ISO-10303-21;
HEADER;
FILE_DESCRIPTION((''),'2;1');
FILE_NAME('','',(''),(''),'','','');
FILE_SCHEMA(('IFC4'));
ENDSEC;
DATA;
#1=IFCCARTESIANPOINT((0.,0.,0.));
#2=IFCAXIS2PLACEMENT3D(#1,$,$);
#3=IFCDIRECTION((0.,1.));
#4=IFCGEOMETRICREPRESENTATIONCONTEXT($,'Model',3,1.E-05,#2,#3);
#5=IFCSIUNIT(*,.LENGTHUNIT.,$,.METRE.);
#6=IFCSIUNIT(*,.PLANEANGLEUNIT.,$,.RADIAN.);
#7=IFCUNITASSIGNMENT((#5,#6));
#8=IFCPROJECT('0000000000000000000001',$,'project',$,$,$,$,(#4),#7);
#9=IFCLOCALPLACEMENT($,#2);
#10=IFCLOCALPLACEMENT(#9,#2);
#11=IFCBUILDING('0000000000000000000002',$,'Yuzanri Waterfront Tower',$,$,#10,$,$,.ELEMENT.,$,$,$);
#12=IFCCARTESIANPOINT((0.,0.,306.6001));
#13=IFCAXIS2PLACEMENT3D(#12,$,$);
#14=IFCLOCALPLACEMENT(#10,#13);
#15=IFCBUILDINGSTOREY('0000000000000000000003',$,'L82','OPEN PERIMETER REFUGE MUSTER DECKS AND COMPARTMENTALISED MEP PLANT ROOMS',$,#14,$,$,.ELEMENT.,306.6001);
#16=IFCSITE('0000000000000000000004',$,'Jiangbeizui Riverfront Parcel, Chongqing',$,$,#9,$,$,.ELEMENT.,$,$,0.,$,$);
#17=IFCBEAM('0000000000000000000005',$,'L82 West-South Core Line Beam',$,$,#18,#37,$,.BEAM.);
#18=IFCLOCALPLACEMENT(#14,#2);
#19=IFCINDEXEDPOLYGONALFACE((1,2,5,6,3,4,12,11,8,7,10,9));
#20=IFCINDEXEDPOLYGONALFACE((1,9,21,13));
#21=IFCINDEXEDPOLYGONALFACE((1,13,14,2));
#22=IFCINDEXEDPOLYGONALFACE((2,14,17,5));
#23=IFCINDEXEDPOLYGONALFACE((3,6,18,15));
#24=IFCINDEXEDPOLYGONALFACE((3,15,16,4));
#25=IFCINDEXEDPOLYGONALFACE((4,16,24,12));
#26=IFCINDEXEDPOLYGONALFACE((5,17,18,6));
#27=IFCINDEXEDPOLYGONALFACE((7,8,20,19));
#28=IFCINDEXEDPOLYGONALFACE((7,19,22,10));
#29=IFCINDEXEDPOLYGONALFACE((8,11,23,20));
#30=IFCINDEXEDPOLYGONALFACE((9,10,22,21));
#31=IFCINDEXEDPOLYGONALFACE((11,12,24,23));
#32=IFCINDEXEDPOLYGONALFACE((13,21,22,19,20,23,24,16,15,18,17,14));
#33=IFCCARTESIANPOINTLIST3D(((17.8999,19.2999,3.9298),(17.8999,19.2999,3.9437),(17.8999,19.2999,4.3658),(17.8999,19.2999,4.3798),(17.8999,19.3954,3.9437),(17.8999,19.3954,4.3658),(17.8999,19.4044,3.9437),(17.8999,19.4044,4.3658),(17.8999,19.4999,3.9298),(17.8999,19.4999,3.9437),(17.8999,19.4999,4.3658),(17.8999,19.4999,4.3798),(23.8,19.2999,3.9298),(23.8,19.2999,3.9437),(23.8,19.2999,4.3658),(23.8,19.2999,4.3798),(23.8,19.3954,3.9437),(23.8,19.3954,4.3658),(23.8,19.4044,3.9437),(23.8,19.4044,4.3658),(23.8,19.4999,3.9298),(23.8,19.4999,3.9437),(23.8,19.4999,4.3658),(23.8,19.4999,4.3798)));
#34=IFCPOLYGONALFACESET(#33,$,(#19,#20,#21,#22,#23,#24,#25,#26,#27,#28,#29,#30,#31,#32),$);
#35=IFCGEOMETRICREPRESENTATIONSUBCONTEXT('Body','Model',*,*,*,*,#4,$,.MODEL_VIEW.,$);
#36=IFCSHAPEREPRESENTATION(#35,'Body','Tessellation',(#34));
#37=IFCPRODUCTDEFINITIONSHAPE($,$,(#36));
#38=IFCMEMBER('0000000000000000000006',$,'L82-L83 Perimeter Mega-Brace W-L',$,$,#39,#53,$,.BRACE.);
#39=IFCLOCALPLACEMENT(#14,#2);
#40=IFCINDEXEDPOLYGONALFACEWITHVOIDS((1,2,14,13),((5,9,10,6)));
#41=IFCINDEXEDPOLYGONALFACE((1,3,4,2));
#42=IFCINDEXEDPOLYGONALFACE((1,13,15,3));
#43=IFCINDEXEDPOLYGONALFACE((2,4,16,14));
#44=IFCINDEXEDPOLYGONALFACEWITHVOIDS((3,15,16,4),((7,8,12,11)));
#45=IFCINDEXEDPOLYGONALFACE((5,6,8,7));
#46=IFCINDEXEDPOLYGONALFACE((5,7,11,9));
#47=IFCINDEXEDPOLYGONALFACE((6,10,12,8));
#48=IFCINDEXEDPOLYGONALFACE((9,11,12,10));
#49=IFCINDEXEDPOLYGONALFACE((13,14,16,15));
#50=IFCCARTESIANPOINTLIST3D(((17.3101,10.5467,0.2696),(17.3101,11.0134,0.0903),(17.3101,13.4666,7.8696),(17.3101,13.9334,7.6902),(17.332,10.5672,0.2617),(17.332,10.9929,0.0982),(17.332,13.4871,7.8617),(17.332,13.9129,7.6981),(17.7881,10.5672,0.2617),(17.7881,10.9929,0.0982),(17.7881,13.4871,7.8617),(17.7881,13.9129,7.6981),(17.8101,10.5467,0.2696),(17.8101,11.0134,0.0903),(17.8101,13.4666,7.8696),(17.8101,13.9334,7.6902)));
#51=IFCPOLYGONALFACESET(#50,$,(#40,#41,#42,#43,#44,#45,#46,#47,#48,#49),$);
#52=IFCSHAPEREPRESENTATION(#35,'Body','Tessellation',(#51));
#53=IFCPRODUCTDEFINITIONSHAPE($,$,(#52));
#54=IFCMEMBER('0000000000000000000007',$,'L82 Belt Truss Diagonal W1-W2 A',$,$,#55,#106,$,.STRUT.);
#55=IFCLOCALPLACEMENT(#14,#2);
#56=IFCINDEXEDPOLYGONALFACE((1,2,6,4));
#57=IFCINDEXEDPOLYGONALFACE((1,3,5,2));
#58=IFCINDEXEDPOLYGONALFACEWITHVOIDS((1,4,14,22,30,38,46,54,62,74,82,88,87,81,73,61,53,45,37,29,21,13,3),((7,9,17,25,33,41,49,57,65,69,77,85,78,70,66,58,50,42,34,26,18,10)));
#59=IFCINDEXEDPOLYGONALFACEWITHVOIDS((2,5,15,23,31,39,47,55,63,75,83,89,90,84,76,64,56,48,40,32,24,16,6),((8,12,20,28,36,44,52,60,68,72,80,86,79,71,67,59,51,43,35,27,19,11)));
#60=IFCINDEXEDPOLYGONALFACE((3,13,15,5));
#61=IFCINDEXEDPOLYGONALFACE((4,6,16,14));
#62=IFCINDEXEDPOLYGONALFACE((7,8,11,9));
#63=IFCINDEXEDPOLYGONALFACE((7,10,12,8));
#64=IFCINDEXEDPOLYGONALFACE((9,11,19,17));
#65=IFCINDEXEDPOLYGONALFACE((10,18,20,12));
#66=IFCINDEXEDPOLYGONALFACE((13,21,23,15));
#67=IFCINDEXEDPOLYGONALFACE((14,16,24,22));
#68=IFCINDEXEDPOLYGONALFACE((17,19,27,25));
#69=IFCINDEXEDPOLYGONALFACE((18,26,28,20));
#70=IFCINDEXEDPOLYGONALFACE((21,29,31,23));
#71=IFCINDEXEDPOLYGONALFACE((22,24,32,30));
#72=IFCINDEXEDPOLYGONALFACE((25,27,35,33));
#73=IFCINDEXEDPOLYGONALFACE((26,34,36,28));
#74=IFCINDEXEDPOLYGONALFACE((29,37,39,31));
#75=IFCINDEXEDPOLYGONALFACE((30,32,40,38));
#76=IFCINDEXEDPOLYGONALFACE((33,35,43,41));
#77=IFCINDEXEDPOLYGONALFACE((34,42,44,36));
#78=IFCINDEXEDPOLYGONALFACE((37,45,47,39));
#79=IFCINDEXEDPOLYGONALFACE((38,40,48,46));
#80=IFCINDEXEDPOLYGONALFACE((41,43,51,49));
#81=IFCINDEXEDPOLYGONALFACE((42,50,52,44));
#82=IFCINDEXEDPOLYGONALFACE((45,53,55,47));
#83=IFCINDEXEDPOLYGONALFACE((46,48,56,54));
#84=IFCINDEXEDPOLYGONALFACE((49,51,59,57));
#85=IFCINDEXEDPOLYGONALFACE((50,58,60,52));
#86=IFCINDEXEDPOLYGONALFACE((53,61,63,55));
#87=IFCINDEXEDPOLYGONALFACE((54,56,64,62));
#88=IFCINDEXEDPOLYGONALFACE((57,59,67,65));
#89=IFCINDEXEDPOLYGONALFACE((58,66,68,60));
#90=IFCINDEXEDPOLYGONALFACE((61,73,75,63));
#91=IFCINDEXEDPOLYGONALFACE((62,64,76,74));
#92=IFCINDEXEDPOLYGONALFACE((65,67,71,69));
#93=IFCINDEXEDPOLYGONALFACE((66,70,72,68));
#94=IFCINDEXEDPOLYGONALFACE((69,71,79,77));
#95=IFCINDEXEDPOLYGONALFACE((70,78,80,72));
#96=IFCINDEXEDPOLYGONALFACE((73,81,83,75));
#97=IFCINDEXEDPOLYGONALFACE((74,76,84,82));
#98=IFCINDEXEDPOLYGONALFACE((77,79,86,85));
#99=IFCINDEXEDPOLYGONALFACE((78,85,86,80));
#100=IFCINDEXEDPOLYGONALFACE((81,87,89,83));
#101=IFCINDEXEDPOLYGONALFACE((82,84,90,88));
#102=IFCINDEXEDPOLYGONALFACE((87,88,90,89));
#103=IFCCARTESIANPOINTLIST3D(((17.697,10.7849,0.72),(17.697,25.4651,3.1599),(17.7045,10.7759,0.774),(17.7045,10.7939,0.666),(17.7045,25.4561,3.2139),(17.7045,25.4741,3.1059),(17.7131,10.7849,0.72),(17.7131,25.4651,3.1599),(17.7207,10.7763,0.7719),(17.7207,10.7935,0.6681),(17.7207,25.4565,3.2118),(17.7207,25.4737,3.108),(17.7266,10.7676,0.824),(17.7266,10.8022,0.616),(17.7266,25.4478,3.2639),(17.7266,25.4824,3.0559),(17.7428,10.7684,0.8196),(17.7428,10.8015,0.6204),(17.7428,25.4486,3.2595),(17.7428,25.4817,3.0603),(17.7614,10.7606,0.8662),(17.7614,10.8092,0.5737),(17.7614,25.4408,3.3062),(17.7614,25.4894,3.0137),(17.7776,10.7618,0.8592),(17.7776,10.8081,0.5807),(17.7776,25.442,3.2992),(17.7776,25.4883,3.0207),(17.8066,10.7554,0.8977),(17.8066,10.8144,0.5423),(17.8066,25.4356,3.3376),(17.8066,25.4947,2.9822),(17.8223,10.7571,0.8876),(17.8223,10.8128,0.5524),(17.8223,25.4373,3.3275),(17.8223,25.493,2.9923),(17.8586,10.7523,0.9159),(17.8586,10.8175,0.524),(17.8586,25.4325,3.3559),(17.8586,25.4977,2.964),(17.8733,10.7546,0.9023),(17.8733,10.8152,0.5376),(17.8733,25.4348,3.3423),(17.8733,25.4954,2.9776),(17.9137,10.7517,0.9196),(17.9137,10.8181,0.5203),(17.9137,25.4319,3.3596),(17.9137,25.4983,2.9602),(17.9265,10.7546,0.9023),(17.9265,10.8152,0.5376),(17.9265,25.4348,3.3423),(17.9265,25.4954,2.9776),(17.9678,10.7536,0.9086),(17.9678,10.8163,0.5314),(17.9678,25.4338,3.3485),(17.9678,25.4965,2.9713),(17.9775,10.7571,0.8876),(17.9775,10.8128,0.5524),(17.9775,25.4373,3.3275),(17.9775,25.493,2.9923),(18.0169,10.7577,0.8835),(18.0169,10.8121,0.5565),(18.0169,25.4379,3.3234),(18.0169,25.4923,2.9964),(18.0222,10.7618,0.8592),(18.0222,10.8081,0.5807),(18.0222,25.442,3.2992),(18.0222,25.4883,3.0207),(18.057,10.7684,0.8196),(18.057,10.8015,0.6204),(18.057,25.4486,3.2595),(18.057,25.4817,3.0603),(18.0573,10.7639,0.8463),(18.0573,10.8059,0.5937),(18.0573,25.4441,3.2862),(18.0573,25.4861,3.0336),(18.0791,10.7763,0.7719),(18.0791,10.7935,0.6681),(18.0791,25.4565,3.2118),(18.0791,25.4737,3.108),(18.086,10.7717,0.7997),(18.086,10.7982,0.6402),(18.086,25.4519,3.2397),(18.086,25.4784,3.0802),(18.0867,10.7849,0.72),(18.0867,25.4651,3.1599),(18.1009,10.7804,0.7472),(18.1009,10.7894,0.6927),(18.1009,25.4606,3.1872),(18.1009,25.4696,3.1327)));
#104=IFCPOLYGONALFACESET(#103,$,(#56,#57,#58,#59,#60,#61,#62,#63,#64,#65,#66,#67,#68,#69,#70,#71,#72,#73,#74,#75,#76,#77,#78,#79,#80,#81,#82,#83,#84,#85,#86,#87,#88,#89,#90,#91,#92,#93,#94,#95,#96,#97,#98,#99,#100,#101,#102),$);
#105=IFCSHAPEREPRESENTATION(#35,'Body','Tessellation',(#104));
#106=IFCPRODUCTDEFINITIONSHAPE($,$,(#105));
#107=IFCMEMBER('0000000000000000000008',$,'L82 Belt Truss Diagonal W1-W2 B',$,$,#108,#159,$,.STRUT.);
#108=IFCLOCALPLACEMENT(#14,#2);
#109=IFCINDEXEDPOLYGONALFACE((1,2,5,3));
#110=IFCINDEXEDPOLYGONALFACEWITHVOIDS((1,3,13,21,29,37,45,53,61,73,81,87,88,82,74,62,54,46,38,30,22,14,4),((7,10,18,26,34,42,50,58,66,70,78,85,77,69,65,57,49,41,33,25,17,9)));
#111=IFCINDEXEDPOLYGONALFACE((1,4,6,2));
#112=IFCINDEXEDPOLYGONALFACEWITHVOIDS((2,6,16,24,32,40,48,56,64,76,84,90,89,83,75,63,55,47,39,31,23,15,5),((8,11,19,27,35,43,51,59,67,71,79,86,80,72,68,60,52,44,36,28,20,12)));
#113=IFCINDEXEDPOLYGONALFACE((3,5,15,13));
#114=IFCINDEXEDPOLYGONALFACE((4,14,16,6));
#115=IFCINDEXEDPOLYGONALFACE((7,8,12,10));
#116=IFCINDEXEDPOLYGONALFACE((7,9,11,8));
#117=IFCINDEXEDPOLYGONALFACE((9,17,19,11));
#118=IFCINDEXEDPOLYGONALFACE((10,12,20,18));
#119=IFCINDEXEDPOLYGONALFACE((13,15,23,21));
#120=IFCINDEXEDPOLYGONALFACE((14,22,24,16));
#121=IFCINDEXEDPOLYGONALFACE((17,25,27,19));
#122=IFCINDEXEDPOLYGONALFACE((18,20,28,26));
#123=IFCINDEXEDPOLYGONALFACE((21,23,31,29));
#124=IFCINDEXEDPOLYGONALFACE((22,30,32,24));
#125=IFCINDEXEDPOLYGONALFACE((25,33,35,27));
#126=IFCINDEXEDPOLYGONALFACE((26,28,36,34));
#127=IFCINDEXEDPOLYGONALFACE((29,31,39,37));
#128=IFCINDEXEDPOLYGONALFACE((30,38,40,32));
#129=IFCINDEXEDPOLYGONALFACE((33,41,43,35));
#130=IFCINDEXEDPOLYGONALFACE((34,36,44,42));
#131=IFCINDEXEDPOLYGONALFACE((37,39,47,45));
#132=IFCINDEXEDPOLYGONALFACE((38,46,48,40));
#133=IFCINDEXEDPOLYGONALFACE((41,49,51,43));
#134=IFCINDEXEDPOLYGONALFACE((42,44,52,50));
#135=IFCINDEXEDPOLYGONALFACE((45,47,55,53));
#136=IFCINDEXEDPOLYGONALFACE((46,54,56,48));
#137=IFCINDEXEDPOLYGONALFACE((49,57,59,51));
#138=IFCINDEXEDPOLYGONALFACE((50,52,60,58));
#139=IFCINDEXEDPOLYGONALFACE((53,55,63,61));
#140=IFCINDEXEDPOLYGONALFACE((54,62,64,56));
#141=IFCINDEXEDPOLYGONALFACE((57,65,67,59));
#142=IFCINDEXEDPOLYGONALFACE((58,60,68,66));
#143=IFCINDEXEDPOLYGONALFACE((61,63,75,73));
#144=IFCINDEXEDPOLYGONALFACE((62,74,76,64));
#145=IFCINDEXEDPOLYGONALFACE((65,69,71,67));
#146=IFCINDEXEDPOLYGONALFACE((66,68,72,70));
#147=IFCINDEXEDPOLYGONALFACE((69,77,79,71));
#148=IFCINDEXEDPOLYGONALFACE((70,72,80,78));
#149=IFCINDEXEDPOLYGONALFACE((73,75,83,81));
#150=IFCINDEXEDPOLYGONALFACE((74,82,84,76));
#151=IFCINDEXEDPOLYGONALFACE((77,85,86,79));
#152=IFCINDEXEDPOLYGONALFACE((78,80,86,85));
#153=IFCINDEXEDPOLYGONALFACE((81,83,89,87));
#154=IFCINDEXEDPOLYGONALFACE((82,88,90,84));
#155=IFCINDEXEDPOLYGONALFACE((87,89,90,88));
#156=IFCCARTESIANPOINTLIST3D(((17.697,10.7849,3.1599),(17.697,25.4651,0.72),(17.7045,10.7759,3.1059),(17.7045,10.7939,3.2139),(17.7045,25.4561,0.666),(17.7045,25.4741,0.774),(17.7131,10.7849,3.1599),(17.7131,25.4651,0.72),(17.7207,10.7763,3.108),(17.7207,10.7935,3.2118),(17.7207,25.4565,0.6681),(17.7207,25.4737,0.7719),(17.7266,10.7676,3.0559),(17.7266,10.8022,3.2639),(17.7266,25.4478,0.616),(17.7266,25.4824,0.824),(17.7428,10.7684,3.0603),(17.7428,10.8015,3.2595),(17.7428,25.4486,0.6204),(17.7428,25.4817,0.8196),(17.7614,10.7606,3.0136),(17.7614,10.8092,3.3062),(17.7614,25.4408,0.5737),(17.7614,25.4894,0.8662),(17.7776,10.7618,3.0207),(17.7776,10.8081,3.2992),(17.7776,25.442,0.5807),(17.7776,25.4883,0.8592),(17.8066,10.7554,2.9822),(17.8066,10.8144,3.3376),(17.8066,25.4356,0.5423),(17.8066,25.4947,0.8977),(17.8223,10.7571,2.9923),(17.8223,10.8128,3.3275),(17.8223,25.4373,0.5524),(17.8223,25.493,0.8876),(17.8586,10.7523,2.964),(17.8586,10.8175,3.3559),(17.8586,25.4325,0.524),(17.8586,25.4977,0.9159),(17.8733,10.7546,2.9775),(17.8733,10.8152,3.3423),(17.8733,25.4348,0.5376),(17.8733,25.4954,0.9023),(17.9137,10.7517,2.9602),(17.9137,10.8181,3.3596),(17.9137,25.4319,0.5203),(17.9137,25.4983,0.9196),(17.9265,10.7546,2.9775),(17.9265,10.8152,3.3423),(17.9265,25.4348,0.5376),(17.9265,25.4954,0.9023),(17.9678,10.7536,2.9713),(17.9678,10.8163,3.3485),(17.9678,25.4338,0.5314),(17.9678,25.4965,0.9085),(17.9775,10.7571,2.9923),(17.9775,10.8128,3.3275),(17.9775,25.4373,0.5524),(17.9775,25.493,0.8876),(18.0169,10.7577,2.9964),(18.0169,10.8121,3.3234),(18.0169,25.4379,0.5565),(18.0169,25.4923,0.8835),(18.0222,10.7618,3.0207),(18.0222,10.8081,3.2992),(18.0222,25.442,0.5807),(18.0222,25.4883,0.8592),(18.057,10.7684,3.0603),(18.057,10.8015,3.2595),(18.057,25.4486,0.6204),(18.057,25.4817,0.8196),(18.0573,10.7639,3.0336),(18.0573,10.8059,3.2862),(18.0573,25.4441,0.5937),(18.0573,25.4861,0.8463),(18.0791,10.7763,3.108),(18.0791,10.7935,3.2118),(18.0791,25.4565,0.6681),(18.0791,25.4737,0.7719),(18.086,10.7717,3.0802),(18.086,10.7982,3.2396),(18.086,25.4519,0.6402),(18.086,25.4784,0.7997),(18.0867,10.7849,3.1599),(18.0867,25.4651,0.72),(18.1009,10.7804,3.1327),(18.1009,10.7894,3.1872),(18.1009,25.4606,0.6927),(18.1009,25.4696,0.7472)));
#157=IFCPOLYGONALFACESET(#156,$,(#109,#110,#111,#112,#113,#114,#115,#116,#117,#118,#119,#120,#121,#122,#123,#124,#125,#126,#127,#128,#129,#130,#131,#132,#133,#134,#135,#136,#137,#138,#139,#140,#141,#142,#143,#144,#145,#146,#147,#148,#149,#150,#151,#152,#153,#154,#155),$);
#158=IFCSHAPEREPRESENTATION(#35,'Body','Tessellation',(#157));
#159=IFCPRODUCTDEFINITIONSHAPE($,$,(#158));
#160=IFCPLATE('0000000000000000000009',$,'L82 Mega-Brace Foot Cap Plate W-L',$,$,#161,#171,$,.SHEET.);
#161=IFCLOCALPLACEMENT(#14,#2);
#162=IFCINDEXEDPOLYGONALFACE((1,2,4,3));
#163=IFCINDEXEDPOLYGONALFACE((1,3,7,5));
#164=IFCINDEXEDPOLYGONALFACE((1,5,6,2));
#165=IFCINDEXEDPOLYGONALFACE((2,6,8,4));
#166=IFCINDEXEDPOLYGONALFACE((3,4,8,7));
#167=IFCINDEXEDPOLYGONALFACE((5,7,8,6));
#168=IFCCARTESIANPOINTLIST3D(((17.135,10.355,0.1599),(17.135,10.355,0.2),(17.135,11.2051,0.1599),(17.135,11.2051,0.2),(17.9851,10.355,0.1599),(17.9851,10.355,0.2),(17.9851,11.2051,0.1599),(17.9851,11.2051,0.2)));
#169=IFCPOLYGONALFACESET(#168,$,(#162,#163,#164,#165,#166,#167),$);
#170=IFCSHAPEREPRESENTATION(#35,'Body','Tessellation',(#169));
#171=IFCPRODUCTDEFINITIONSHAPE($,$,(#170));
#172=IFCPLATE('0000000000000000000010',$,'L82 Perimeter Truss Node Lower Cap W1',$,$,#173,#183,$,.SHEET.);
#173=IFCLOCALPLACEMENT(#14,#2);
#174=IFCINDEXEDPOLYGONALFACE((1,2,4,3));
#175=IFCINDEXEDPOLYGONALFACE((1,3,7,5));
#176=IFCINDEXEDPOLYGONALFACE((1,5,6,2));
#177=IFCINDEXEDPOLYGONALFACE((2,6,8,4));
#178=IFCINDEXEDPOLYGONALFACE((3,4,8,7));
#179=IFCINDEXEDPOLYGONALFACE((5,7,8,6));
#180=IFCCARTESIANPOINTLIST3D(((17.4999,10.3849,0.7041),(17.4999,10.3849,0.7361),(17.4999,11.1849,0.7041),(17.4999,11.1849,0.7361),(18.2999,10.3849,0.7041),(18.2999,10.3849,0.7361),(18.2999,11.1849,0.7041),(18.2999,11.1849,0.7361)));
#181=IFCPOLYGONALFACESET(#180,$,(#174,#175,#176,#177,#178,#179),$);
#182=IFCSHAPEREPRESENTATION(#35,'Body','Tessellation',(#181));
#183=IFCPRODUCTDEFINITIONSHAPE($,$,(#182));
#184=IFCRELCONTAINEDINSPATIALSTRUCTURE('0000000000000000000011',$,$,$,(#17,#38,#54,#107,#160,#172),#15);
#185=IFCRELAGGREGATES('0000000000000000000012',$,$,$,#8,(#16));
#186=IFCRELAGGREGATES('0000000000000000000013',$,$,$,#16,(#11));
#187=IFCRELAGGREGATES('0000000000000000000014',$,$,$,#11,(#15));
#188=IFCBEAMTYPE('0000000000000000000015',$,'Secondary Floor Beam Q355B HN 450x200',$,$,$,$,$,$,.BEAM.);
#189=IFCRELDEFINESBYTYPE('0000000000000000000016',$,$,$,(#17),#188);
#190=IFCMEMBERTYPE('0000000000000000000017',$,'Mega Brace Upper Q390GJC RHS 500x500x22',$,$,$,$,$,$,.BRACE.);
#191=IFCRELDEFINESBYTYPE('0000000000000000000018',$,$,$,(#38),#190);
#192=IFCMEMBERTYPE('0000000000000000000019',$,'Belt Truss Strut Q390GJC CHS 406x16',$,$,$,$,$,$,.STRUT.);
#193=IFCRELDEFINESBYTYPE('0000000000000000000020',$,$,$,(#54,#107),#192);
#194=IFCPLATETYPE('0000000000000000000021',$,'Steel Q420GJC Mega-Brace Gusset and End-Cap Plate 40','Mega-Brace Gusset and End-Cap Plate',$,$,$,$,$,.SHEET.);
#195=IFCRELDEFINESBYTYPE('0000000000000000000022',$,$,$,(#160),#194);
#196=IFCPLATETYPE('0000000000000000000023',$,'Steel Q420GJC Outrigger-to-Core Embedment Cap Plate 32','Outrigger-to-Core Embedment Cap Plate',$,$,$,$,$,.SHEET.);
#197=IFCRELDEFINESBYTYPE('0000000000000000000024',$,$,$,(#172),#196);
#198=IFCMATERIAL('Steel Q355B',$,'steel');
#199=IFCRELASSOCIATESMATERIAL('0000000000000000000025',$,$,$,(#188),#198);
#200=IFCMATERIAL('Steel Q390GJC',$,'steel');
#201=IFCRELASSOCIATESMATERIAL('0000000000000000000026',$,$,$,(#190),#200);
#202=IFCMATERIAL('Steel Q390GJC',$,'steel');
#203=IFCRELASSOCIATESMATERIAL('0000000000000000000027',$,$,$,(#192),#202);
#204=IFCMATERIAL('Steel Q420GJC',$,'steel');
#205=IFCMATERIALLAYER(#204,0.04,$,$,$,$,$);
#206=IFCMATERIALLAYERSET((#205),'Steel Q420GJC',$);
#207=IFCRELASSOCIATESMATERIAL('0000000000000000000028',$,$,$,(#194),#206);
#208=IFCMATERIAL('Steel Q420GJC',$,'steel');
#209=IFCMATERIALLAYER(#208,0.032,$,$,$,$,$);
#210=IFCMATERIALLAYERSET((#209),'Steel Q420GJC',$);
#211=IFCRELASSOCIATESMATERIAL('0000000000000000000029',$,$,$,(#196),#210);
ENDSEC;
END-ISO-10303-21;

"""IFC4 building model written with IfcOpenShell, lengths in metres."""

from ifc_helpers import new_model, si_unit, direction, frame, origin, origin_2d, place, context, subcontext, project, spatial, rectangle, hollow_rectangle, hollow_circle, i_section, extrude, source, transform, mapped, material, layer, layer_set, material_profile, profile_set, type_object, element, save


model = new_model("IFC4")

# Units and contexts
model_context = context("Model", 3, precision=1e-05, world=origin(), true_north=direction((0.0, 1.0)))
body_context = subcontext(model_context, "Body", "Model", "MODEL_VIEW")
ifc_project = project(units=[si_unit("LENGTHUNIT", "METRE"), si_unit("PLANEANGLEUNIT", "RADIAN")], contexts=[model_context])

# Site, building, storey
site_placement = place(None, origin())
site = spatial("IfcSite", under=ifc_project, at=site_placement, Name="Jiangbeizui Riverfront Parcel, Chongqing", CompositionType="ELEMENT", RefElevation=0.0)
building_placement = place(site_placement, origin())
building = spatial("IfcBuilding", under=site, at=building_placement, Name="Yuzanri Waterfront Tower", CompositionType="ELEMENT")
storey_placement = place(building_placement, frame((0.0, 0.0, 306.6001)))
storey = spatial("IfcBuildingStorey", under=building, at=storey_placement, Name="L82", Description="OPEN PERIMETER REFUGE MUSTER DECKS AND COMPARTMENTALISED MEP PLANT ROOMS", CompositionType="ELEMENT", Elevation=306.6001)

# Beam
ifc_material_1 = material(Name="Steel Q355B", Category="steel")
ifc_material_profile_1 = material_profile(ifc_material_1, i_section(OverallWidth=0.2, OverallDepth=0.45, WebThickness=0.009, FlangeThickness=0.0139, at=origin_2d()), Name="HN 450x200x9x14")
ifc_profile_set_1 = profile_set([ifc_material_profile_1], Name="Steel Q355B")
beam_type_1 = type_object("IfcBeamType", Name="Secondary Floor Beam Q355B HN 450x200", PredefinedType="BEAM", material=ifc_profile_set_1)
shared_shape_1 = source(origin(), body_context, "Body", "SweptSolid", [
    extrude(i_section(OverallWidth=0.2, OverallDepth=0.45, WebThickness=0.009, FlangeThickness=0.0139, at=origin_2d()), origin(), (0.0, 0.0, 1.0), 5.9001),
])
beam_1_placement = place(storey_placement, frame((23.8, 19.3999, 4.1548), z_axis=(-1.0, 0.0, 0.0), x_axis=(0.0, -1.0, 0.0)))
element("IfcBeam", 1, at=beam_1_placement, inside=storey, type_object=beam_type_1, Name="L82 West-South Core Line Beam", PredefinedType="BEAM", context=body_context, shape_type="MappedRepresentation", body=[
    mapped(shared_shape_1, transform((0.0, 0.0, 0.0), scale=1.0)),
])

# Members
ifc_material_2 = material(Name="Steel Q390GJC", Category="steel")
ifc_material_profile_2 = material_profile(ifc_material_2, hollow_rectangle(XDim=0.5, YDim=0.5, WallThickness=0.022, at=origin_2d()), Name="RHS 500x500x22")
ifc_profile_set_2 = profile_set([ifc_material_profile_2], Name="Steel Q390GJC")
member_type_1 = type_object("IfcMemberType", Name="Mega Brace Upper Q390GJC RHS 500x500x22", PredefinedType="BRACE", material=ifc_profile_set_2)
shared_shape_2 = source(origin(), body_context, "Body", "SweptSolid", [
    extrude(hollow_rectangle(XDim=0.5, YDim=0.5, WallThickness=0.022, at=origin_2d()), origin(), (0.0, 0.0, 1.0), 8.1416),
])
member_placement = place(storey_placement, frame((17.5601, 10.78, 0.1799), z_axis=(0.0, 0.358647, 0.933473), x_axis=(-1.0, 0.0, 0.0)))
element("IfcMember", 2, at=member_placement, inside=storey, type_object=member_type_1, Name="L82-L83 Perimeter Mega-Brace W-L", PredefinedType="BRACE", context=body_context, shape_type="MappedRepresentation", body=[
    mapped(shared_shape_2, transform((0.0, 0.0, 0.0), scale=1.0)),
])
ifc_material_3 = material(Name="Steel Q390GJC", Category="steel")
ifc_material_profile_3 = material_profile(ifc_material_3, hollow_circle(Radius=0.2029, WallThickness=0.0161, at=origin_2d()), Name="CHS 406x16")
ifc_profile_set_3 = profile_set([ifc_material_profile_3], Name="Steel Q390GJC")
member_type_2 = type_object("IfcMemberType", Name="Belt Truss Strut Q390GJC CHS 406x16", PredefinedType="STRUT", material=ifc_profile_set_3)
shared_shape_3 = source(origin(), body_context, "Body", "SweptSolid", [
    extrude(hollow_circle(Radius=0.2029, WallThickness=0.0161, at=origin_2d()), origin(), (0.0, 0.0, 1.0), 14.8816),
])
for number, where, z_axis, x_axis, name in (
    (3, (17.8999, 10.7849, 0.72), (0.0, 0.986467, 0.163957), (-1.0, 0.0, 0.0), "L82 Belt Truss Diagonal W1-W2 A"),
    (4, (17.8999, 10.7849, 3.1599), (0.0, 0.986467, -0.163957), (-1.0, 0.0, 0.0), "L82 Belt Truss Diagonal W1-W2 B"),
):
    element("IfcMember", number, at=place(storey_placement, frame(where, z_axis=z_axis, x_axis=x_axis)), inside=storey, type_object=member_type_2, Name=name, PredefinedType="STRUT", context=body_context, shape_type="MappedRepresentation", body=[
        mapped(shared_shape_3, transform((0.0, 0.0, 0.0), scale=1.0)),
    ])

# Plates
ifc_material_4 = material(Name="Steel Q420GJC", Category="steel")
ifc_layer_1 = layer(ifc_material_4, 0.04)
ifc_layer_set_1 = layer_set([ifc_layer_1], Name="Steel Q420GJC")
plate_type_1 = type_object("IfcPlateType", Name="Steel Q420GJC Mega-Brace Gusset and End-Cap Plate 40", Description="Mega-Brace Gusset and End-Cap Plate", PredefinedType="SHEET", material=ifc_layer_set_1)
shared_shape_4 = source(origin(), body_context, "Body", "SweptSolid", [
    extrude(rectangle(XDim=0.8501, YDim=0.8501, at=origin_2d()), origin(), (0.0, 0.0, 1.0), 0.04),
])
plate_placement = place(storey_placement, frame((17.5601, 10.78, 0.1599), z_axis=(0.0, 0.0, 1.0), x_axis=(1.0, 0.0, 0.0)))
element("IfcPlate", 5, at=plate_placement, inside=storey, type_object=plate_type_1, Name="L82 Mega-Brace Foot Cap Plate W-L", PredefinedType="SHEET", context=body_context, shape_type="MappedRepresentation", body=[
    mapped(shared_shape_4, transform((0.0, 0.0, 0.0), scale=1.0)),
])
ifc_material_5 = material(Name="Steel Q420GJC", Category="steel")
ifc_layer_2 = layer(ifc_material_5, 0.032)
ifc_layer_set_2 = layer_set([ifc_layer_2], Name="Steel Q420GJC")
plate_type_2 = type_object("IfcPlateType", Name="Steel Q420GJC Outrigger-to-Core Embedment Cap Plate 32", Description="Outrigger-to-Core Embedment Cap Plate", PredefinedType="SHEET", material=ifc_layer_set_2)
shared_shape_5 = source(origin(), body_context, "Body", "SweptSolid", [
    extrude(rectangle(XDim=0.8, YDim=0.8, at=origin_2d()), origin(), (0.0, 0.0, 1.0), 0.032),
])
for number, where, z_axis, x_axis, name in (
    (6, (17.8999, 10.7849, 0.7041), (0.0, 0.0, 1.0), (1.0, 0.0, 0.0), "L82 Perimeter Truss Node Lower Cap W1"),
):
    element("IfcPlate", number, at=place(storey_placement, frame(where, z_axis=z_axis, x_axis=x_axis)), inside=storey, type_object=plate_type_2, Name=name, PredefinedType="SHEET", context=body_context, shape_type="MappedRepresentation", body=[
        mapped(shared_shape_5, transform((0.0, 0.0, 0.0), scale=1.0)),
    ])

save(model, "model.ifc")
